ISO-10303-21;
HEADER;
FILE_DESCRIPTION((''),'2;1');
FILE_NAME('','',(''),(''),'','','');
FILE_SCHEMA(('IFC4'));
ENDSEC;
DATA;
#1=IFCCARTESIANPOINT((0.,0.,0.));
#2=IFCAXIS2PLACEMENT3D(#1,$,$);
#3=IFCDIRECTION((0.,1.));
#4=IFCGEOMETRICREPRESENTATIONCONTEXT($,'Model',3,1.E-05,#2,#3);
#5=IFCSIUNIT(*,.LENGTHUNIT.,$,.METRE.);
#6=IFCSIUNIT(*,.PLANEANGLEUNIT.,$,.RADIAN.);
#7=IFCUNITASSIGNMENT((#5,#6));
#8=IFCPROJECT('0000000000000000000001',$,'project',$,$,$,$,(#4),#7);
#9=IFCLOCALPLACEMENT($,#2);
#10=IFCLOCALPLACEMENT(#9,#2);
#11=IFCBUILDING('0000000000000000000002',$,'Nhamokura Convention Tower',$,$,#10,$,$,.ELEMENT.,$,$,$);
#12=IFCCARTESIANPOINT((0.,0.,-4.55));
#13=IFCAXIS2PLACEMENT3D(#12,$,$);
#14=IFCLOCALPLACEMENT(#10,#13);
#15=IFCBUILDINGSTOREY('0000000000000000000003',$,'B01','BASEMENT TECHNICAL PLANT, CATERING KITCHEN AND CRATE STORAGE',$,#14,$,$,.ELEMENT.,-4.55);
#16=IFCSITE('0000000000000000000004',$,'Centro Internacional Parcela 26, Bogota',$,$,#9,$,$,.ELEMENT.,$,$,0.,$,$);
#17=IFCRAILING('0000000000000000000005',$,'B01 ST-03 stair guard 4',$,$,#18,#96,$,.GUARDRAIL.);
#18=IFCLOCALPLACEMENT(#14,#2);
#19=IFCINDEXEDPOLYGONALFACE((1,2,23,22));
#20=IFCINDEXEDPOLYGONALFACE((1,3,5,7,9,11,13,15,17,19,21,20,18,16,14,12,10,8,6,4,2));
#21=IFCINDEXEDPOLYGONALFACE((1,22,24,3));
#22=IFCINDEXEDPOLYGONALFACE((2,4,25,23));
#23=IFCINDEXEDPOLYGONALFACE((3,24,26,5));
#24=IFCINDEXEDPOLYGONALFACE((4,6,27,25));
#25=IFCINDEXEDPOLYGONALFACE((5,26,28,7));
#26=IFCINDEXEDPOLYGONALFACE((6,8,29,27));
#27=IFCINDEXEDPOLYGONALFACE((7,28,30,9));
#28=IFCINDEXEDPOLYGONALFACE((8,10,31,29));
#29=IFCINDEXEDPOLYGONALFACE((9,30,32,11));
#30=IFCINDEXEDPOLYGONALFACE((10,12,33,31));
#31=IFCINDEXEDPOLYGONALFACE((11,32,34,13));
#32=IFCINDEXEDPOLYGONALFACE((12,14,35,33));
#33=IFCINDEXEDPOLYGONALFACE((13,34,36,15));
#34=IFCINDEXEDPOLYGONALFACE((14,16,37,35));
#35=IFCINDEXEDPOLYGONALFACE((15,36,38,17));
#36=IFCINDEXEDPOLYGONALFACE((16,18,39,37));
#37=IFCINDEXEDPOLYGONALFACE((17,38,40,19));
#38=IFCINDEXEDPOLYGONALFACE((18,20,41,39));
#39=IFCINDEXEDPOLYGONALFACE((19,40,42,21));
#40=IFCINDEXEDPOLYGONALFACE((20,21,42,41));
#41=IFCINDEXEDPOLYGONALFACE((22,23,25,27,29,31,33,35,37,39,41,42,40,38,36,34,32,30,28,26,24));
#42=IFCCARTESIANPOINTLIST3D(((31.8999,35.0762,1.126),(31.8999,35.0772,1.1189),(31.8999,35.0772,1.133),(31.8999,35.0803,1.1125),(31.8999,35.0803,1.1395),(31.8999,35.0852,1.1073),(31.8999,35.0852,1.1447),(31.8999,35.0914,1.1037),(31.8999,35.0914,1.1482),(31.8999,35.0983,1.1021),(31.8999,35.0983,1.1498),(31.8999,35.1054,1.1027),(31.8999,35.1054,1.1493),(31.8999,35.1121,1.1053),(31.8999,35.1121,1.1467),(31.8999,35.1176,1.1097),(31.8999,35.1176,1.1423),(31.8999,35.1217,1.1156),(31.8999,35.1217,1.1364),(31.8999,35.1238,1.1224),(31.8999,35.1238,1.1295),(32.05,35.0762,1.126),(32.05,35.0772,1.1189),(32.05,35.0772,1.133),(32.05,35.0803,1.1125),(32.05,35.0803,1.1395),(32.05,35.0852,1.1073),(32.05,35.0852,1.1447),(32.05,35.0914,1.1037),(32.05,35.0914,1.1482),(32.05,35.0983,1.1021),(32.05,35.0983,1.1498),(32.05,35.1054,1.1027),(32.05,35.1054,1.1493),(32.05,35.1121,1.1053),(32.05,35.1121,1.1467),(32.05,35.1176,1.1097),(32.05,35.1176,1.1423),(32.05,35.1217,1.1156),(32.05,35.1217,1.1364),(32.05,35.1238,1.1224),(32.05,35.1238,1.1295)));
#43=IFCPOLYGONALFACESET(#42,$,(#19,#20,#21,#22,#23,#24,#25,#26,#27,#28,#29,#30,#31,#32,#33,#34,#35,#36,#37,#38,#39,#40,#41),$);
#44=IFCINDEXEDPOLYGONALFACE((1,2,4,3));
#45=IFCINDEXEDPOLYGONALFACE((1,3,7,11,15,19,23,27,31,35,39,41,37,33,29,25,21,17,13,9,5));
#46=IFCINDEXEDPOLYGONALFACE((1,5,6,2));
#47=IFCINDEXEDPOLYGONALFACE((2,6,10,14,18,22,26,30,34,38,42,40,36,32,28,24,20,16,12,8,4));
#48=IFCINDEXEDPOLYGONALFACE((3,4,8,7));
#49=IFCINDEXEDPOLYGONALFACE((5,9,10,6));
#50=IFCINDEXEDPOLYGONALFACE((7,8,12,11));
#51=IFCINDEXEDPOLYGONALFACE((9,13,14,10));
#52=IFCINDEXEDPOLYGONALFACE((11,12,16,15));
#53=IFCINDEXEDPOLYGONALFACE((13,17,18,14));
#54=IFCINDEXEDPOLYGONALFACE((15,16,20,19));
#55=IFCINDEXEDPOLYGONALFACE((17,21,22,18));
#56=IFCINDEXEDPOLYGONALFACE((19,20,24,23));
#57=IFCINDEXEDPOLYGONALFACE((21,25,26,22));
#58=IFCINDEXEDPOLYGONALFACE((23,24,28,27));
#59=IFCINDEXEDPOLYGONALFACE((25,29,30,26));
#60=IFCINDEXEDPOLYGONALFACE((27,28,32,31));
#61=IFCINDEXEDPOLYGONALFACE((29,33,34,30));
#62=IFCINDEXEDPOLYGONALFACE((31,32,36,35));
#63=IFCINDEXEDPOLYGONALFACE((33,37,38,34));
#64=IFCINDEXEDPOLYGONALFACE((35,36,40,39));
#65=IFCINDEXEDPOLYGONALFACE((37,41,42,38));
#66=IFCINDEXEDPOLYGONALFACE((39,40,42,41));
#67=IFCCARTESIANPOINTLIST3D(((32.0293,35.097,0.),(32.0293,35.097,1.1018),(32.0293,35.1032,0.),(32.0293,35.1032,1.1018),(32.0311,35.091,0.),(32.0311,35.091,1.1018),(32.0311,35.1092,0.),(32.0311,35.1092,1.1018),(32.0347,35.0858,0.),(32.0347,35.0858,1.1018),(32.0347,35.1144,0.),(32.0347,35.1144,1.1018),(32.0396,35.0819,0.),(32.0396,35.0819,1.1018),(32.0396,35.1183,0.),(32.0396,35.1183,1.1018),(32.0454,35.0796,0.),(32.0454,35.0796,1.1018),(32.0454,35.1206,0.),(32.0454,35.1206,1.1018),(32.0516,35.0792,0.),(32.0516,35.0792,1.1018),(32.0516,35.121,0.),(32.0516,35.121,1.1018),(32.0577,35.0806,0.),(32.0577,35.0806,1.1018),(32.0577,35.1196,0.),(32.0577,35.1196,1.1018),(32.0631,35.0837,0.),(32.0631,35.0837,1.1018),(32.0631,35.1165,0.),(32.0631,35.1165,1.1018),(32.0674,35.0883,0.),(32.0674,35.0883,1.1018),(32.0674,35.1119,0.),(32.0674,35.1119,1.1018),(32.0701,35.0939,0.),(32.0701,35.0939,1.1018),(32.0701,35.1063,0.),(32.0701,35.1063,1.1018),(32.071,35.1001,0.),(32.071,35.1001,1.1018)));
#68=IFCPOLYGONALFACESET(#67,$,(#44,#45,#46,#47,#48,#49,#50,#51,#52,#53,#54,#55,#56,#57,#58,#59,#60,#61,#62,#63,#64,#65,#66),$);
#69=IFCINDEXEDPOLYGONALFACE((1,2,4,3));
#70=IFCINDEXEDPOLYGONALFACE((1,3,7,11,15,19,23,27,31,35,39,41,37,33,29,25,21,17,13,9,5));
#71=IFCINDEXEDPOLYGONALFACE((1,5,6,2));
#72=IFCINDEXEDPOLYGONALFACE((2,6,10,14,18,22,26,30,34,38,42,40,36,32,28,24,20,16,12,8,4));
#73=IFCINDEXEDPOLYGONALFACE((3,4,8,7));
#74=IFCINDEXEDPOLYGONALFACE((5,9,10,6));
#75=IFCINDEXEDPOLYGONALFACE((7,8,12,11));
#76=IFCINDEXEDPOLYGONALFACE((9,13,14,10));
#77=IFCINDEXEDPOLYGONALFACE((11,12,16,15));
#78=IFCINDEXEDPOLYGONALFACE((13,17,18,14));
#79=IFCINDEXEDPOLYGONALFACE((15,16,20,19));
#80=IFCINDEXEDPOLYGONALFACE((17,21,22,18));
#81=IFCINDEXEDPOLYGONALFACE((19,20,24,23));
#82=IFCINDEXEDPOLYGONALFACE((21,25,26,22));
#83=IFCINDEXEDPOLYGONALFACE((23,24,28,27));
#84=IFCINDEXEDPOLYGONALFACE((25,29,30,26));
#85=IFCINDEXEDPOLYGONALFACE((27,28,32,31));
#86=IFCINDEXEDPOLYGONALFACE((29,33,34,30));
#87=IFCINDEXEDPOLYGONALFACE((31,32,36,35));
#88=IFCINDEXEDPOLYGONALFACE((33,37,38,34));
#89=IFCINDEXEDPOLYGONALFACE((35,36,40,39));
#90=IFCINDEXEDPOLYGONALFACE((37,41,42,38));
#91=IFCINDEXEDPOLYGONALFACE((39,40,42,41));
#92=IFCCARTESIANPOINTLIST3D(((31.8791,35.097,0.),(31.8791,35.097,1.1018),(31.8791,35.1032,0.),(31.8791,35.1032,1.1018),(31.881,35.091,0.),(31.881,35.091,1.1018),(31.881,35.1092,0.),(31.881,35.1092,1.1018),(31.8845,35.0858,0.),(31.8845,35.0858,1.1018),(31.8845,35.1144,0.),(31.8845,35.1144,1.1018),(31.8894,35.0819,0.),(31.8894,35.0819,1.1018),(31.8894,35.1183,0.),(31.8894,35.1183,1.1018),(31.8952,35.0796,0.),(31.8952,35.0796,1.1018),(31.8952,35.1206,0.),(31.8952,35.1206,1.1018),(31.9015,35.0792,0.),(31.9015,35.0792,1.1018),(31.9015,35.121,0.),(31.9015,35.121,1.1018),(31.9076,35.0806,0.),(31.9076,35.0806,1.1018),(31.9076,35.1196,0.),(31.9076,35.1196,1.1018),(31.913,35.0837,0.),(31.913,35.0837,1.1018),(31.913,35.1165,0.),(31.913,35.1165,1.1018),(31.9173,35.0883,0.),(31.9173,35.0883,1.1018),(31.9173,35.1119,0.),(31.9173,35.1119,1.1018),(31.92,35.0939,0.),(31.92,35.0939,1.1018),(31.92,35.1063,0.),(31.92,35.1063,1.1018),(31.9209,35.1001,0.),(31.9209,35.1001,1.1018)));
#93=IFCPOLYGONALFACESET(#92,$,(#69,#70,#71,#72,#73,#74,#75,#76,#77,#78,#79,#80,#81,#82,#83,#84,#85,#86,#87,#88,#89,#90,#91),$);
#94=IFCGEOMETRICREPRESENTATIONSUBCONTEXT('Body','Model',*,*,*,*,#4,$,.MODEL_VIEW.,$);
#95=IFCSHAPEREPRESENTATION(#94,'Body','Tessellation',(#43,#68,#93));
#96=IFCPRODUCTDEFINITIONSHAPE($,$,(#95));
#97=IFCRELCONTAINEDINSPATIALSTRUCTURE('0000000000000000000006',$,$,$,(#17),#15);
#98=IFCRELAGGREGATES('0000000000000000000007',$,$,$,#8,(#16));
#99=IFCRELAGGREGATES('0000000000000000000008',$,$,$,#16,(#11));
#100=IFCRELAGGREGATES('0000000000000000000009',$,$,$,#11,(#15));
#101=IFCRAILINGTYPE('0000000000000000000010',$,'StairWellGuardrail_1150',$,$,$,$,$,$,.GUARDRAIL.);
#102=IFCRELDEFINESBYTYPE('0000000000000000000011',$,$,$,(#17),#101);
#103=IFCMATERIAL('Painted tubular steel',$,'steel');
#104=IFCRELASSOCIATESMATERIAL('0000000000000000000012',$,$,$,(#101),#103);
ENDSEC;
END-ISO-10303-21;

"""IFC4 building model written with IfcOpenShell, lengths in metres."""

from ifc_helpers import new_model, si_unit, direction, frame, origin, origin_2d, place, context, subcontext, project, spatial, circle, extrude, material, type_object, element, save


model = new_model("IFC4")

# Units and contexts
model_context = context("Model", 3, precision=1e-05, world=origin(), true_north=direction((0.0, 1.0)))
body_context = subcontext(model_context, "Body", "Model", "MODEL_VIEW")
ifc_project = project(units=[si_unit("LENGTHUNIT", "METRE"), si_unit("PLANEANGLEUNIT", "RADIAN")], contexts=[model_context])

# Site, building, storey
site_placement = place(None, origin())
site = spatial("IfcSite", under=ifc_project, at=site_placement, Name="Centro Internacional Parcela 26, Bogota", CompositionType="ELEMENT", RefElevation=0.0)
building_placement = place(site_placement, origin())
building = spatial("IfcBuilding", under=site, at=building_placement, Name="Nhamokura Convention Tower", CompositionType="ELEMENT")
storey_placement = place(building_placement, frame((0.0, 0.0, -4.55)))
storey = spatial("IfcBuildingStorey", under=building, at=storey_placement, Name="B01", Description="BASEMENT TECHNICAL PLANT, CATERING KITCHEN AND CRATE STORAGE", CompositionType="ELEMENT", Elevation=-4.55)

# Railing
ifc_material_1 = material(Name="Painted tubular steel", Category="steel")
railing_type_1 = type_object("IfcRailingType", Name="StairWellGuardrail_1150", PredefinedType="GUARDRAIL", material=ifc_material_1)
railing_1_placement = place(storey_placement, frame((32.05, 35.1001, 0.0)))
element("IfcRailing", 1, at=railing_1_placement, inside=storey, type_object=railing_type_1, Name="B01 ST-03 stair guard 4", PredefinedType="GUARDRAIL", context=body_context, shape_type="SweptSolid", body=[
    extrude(circle(Radius=0.0239, at=origin_2d()), frame((0.0, 0.0, 1.126), z_axis=(-1.0, 0.0, 0.0), x_axis=(0.0, -1.0, 0.0)), (0.0, 0.0, 1.0), 0.1501),
    extrude(circle(Radius=0.021, at=origin_2d()), origin(), (0.0, 0.0, 1.0), 1.1018),
    extrude(circle(Radius=0.021, at=origin_2d()), frame((-0.1501, 0.0, 0.0)), (0.0, 0.0, 1.0), 1.1018),
])

save(model, "model.ifc")
